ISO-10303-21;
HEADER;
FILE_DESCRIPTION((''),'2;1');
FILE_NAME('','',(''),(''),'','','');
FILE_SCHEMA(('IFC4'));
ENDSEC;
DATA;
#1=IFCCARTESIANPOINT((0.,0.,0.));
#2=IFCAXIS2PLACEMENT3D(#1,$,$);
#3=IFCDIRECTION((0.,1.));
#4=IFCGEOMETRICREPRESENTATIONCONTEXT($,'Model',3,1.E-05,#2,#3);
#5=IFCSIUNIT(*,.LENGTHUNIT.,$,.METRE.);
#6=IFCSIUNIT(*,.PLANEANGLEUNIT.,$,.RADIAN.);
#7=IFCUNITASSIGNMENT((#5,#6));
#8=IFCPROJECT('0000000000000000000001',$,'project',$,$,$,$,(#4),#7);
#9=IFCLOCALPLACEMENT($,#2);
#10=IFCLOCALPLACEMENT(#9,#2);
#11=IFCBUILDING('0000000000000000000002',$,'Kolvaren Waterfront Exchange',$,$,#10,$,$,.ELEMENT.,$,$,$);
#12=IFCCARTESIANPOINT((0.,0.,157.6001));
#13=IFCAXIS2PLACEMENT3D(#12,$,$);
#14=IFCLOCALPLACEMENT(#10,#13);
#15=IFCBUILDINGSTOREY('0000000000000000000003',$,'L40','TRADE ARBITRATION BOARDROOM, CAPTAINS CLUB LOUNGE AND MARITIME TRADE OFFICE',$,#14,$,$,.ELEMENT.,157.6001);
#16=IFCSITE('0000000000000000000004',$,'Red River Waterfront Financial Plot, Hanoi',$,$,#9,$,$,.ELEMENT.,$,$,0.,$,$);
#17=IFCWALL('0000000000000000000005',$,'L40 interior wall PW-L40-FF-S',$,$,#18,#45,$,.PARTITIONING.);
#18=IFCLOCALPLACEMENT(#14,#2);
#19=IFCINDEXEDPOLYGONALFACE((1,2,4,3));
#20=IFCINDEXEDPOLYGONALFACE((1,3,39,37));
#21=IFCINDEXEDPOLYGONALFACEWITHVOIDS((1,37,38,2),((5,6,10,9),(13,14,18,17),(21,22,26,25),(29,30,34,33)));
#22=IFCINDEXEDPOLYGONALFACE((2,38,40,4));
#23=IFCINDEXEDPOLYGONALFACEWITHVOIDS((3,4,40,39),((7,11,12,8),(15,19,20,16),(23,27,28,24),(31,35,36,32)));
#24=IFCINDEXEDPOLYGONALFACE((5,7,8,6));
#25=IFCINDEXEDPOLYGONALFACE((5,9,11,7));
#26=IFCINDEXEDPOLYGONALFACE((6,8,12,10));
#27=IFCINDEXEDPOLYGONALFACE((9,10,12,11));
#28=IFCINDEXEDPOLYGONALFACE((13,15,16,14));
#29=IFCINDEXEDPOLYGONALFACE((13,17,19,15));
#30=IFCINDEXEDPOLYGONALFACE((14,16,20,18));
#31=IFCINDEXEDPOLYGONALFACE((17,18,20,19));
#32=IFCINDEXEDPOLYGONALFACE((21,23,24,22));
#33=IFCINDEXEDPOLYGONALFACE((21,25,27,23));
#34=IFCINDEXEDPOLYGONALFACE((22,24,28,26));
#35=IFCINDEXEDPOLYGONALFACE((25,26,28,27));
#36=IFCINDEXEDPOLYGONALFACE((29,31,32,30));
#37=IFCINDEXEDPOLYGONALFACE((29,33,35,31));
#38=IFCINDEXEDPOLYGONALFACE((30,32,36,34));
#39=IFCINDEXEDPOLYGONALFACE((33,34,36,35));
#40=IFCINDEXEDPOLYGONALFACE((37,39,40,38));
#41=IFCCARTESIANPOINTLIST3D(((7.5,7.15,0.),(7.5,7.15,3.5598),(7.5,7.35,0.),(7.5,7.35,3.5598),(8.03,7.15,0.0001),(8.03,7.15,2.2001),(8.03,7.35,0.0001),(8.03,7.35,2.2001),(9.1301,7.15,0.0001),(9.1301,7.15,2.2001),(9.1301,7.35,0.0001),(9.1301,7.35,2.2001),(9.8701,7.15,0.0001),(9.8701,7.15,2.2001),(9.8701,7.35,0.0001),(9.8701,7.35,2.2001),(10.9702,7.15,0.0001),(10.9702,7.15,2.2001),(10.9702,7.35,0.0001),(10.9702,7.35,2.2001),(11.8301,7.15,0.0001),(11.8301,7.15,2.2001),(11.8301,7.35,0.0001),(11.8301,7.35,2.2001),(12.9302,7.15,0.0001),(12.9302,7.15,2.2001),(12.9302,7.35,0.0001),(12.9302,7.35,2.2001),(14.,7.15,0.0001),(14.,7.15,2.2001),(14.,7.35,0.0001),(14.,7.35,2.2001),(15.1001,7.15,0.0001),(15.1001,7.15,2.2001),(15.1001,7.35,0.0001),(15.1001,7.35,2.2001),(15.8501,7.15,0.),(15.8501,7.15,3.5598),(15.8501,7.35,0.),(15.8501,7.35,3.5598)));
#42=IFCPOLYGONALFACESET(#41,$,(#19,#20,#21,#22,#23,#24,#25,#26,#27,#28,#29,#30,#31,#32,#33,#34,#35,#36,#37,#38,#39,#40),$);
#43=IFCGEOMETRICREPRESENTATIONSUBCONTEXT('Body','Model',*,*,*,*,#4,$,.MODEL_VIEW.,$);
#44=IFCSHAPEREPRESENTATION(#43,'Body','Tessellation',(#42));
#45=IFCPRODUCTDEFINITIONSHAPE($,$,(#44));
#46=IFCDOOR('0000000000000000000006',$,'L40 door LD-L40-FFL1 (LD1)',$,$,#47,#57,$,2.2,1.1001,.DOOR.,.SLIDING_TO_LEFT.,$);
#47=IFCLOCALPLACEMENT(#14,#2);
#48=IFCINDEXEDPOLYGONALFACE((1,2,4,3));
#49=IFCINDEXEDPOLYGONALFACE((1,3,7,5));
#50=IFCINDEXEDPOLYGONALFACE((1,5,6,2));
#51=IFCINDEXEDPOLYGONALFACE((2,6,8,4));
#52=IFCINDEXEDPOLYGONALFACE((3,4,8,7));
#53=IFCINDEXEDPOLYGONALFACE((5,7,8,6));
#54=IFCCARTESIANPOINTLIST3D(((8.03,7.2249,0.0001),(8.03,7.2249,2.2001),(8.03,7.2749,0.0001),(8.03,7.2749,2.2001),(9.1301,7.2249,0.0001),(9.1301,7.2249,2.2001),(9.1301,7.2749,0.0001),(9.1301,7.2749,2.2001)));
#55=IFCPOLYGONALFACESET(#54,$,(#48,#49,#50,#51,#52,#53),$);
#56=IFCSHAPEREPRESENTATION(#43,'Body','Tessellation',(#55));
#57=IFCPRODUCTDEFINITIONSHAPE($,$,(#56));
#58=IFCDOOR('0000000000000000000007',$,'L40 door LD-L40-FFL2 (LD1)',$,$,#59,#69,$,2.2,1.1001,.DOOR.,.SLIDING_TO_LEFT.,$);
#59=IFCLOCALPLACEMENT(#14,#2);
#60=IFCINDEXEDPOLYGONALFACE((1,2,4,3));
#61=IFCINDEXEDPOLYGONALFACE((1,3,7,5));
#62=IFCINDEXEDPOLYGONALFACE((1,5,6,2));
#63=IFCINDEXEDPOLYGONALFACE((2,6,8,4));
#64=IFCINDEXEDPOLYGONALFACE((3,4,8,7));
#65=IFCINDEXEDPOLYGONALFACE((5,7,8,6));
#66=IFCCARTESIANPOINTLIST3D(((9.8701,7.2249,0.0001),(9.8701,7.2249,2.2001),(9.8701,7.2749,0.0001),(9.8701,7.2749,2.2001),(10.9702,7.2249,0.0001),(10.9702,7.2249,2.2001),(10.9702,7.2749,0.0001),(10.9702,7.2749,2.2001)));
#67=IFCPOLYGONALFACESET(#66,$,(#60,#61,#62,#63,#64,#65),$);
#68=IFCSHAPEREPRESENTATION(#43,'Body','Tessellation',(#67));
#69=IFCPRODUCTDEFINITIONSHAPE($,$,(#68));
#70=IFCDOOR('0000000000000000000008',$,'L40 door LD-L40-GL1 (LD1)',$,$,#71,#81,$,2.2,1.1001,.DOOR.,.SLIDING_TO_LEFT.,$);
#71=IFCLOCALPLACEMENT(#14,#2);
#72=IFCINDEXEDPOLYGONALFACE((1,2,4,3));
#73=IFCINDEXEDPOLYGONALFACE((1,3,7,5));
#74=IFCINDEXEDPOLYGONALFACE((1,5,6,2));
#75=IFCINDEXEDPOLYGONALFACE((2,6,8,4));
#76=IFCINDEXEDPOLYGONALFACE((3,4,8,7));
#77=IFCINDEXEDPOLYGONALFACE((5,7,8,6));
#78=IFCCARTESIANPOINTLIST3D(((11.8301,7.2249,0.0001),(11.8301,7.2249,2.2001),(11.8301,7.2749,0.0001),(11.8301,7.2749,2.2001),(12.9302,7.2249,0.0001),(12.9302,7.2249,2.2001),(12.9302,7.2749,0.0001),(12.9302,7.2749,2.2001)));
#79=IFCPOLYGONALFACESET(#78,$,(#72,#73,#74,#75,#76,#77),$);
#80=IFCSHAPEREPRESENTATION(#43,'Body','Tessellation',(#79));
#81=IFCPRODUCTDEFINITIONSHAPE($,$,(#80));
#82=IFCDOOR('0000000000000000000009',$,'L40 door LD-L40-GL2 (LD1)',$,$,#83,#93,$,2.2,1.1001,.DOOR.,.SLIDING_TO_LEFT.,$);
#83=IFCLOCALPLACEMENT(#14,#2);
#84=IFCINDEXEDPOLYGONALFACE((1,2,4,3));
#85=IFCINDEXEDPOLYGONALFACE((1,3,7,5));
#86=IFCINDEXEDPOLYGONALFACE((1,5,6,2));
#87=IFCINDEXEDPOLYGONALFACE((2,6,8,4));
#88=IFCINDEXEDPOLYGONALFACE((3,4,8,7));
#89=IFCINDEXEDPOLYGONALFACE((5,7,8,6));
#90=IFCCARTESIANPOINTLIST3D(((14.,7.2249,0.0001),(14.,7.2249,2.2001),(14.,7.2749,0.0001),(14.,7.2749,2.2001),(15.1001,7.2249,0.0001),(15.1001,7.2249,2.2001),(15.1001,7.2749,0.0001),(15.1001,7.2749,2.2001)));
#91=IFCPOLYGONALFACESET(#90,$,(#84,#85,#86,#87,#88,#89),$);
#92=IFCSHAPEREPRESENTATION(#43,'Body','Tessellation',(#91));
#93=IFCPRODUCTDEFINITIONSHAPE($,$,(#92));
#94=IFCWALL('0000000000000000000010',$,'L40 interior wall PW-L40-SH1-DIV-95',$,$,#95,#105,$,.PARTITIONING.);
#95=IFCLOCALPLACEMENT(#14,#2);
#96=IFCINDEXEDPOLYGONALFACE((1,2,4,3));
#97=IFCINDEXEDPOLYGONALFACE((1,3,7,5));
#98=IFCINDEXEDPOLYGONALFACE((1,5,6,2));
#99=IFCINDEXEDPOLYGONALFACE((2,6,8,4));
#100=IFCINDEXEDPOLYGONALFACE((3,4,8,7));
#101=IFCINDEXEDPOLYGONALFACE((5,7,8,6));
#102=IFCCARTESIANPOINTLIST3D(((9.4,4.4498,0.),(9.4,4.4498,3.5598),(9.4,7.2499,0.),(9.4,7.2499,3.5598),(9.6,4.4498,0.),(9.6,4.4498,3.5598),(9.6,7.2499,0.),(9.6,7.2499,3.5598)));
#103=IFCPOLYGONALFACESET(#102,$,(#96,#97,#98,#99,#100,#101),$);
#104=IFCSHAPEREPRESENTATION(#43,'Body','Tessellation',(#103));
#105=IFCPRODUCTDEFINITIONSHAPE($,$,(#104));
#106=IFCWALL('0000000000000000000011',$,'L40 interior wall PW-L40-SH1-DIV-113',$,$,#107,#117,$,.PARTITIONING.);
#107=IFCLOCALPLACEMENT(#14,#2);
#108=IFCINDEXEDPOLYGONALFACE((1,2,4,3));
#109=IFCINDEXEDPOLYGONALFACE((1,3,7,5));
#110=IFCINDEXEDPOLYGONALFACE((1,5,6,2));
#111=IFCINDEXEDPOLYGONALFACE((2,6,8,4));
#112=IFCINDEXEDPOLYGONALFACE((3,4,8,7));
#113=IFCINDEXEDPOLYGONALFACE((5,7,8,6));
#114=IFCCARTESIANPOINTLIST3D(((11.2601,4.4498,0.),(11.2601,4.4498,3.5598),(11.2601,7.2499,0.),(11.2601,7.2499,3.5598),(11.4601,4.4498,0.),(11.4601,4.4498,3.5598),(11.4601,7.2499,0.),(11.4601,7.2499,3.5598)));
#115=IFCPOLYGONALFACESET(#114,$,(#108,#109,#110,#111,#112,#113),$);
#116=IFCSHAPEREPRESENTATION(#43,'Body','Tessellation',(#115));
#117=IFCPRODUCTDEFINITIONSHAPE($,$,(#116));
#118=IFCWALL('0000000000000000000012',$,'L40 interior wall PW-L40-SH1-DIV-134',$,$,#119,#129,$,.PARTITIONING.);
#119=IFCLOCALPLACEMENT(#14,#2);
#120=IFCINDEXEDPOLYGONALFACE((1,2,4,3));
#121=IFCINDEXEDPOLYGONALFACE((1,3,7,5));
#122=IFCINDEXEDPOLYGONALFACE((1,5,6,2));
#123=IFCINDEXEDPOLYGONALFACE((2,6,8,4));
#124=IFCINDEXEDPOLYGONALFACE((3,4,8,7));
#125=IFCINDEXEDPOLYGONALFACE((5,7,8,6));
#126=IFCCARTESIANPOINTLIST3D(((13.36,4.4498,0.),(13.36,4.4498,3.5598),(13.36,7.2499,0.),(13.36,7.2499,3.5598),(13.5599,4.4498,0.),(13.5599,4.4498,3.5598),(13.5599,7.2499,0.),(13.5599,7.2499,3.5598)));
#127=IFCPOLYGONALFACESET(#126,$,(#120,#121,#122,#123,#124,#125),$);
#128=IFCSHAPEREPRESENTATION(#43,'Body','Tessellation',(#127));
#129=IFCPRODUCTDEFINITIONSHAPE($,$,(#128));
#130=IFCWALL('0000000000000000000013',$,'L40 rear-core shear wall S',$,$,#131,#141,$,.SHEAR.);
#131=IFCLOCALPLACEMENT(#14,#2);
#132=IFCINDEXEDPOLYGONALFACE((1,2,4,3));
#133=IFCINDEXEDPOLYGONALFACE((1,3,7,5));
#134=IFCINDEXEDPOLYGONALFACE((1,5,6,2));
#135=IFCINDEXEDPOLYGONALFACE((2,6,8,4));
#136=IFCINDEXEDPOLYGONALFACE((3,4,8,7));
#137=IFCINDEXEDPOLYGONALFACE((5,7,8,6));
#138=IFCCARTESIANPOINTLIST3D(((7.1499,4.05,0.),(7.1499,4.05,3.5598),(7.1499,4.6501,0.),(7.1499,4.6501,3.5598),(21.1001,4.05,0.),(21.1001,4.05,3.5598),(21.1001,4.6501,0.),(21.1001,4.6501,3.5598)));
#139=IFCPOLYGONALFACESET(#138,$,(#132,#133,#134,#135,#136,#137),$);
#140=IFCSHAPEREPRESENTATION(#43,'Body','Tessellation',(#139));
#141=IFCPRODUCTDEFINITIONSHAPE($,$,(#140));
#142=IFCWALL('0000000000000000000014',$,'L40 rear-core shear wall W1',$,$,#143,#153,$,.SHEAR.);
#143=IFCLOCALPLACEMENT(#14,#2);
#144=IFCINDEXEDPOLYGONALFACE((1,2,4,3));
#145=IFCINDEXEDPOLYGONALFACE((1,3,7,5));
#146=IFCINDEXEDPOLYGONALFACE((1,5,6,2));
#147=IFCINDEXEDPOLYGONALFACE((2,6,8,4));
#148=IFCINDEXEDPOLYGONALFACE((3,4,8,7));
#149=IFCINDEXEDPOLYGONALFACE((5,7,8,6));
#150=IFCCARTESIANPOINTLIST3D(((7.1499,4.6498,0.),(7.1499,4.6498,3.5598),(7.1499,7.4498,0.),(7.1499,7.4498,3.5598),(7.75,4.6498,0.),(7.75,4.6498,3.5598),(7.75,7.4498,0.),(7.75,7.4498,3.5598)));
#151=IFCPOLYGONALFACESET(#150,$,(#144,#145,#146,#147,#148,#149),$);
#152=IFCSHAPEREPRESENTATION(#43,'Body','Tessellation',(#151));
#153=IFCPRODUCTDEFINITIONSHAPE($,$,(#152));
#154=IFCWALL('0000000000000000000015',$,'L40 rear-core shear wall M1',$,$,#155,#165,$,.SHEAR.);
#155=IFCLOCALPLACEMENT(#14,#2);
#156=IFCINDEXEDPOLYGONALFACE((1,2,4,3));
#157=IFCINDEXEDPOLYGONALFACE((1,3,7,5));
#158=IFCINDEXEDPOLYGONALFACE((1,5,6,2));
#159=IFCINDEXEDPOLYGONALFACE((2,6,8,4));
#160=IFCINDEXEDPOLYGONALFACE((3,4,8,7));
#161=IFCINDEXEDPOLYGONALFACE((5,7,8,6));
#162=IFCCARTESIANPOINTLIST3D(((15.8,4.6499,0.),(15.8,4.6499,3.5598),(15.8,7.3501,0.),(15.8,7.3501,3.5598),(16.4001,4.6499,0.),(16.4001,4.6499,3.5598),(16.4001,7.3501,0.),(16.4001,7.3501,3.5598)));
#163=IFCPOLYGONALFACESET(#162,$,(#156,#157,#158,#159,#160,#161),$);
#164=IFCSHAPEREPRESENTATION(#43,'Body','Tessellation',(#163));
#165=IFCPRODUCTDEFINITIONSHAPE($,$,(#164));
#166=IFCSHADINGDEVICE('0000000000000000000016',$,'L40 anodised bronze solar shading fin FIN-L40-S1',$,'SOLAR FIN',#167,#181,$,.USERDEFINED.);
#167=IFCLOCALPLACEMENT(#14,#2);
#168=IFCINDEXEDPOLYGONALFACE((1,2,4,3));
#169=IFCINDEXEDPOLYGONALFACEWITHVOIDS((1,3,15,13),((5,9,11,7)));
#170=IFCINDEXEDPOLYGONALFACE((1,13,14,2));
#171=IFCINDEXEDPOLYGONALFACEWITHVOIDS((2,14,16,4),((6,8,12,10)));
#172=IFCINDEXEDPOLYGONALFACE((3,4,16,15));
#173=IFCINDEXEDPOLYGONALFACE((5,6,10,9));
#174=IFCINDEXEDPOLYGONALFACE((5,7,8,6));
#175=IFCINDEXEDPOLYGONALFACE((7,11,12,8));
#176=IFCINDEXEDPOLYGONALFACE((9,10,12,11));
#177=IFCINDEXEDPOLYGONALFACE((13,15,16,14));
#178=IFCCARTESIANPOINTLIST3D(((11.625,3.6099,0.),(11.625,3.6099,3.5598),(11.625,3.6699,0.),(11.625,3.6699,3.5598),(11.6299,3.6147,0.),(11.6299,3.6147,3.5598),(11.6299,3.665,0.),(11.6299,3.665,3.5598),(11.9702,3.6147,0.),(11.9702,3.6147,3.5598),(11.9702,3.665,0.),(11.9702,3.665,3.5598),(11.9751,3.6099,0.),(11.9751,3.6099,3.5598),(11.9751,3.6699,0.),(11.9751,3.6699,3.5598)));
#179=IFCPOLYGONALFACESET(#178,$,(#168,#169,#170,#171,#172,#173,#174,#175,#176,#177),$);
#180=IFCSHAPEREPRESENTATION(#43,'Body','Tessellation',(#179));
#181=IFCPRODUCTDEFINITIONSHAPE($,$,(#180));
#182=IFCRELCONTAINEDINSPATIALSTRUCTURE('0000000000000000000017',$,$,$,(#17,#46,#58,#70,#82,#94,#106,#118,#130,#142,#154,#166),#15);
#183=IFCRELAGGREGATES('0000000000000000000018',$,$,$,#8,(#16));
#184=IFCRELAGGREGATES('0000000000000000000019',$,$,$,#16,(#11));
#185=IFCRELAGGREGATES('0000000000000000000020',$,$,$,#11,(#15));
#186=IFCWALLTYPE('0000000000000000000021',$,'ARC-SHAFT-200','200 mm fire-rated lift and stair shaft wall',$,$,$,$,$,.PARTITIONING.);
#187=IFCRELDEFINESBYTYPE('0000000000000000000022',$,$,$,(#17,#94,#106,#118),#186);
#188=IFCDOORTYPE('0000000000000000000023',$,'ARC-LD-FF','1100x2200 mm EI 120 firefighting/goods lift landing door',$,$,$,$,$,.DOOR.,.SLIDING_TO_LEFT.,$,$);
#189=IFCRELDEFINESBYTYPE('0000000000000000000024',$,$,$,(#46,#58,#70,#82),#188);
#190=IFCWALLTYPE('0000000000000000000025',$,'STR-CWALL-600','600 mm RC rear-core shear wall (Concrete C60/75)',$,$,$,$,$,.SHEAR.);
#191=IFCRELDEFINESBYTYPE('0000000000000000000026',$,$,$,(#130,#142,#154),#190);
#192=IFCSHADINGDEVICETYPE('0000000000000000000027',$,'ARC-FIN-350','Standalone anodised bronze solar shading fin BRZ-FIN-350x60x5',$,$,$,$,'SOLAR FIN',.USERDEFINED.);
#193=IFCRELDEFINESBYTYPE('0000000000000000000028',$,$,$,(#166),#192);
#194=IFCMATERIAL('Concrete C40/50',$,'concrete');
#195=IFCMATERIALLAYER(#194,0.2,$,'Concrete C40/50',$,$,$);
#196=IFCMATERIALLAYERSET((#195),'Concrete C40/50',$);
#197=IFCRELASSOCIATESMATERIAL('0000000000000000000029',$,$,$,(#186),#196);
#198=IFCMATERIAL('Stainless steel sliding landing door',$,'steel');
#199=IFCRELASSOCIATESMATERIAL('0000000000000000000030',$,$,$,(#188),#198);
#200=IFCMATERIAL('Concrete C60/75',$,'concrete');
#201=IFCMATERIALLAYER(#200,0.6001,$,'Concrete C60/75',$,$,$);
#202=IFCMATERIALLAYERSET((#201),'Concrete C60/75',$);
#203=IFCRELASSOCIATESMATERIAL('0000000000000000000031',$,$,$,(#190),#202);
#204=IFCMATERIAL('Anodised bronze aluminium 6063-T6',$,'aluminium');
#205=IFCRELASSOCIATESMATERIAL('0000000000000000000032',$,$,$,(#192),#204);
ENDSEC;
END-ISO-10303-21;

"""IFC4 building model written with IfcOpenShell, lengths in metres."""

from ifc_helpers import new_model, si_unit, direction, frame, frame_2d, origin, origin_2d, place, context, subcontext, project, spatial, rectangle, hollow_rectangle, extrude, material, layer, layer_set, material_profile, profile_set, type_object, element, fill, save


model = new_model("IFC4")

# Units and contexts
model_context = context("Model", 3, precision=1e-05, world=origin(), true_north=direction((0.0, 1.0)))
body_context = subcontext(model_context, "Body", "Model", "MODEL_VIEW")
ifc_project = project(units=[si_unit("LENGTHUNIT", "METRE"), si_unit("PLANEANGLEUNIT", "RADIAN")], contexts=[model_context])

# Site, building, storey
site_placement = place(None, origin())
site = spatial("IfcSite", under=ifc_project, at=site_placement, Name="Red River Waterfront Financial Plot, Hanoi", CompositionType="ELEMENT", RefElevation=0.0)
building_placement = place(site_placement, origin())
building = spatial("IfcBuilding", under=site, at=building_placement, Name="Kolvaren Waterfront Exchange", CompositionType="ELEMENT")
storey_placement = place(building_placement, frame((0.0, 0.0, 157.6001)))
storey = spatial("IfcBuildingStorey", under=building, at=storey_placement, Name="L40", Description="TRADE ARBITRATION BOARDROOM, CAPTAINS CLUB LOUNGE AND MARITIME TRADE OFFICE", CompositionType="ELEMENT", Elevation=157.6001)

# Shared definitions
ifc_material_1 = material(Name="Concrete C60/75", Category="concrete")

# Shared definitions
ifc_material_2 = material(Name="Anodised bronze aluminium 6063-T6", Category="aluminium")

# Shared definitions
ifc_material_3 = material(Name="Concrete C40/50", Category="concrete")
ifc_layer_1 = layer(ifc_material_3, 0.2, Name="Concrete C40/50")
ifc_layer_set_1 = layer_set([ifc_layer_1], Name="Concrete C40/50")
wall_type_1 = type_object("IfcWallType", Name="ARC-SHAFT-200", Description="200 mm fire-rated lift and stair shaft wall", PredefinedType="PARTITIONING", material=ifc_layer_set_1)

# Wall, openings, doors
wall_1_placement = place(storey_placement, frame((7.5, 7.25, 0.0), z_axis=(0.0, 0.0, 1.0), x_axis=(1.0, 0.0, 0.0)))
wall_1 = element("IfcWall", 1, at=wall_1_placement, inside=storey, type_object=wall_type_1, Name="L40 interior wall PW-L40-FF-S", PredefinedType="PARTITIONING", context=body_context, shape_type="SweptSolid", body=[
    extrude(rectangle(XDim=8.3501, YDim=0.2, at=frame_2d((4.175, 0.0))), origin(), (0.0, 0.0, 1.0), 3.5598),
])
opening_1_placement = place(wall_1_placement, frame((0.53, 0.0, 0.0)))
opening_1 = element("IfcOpeningElement", 2, at=opening_1_placement, cuts=wall_1, PredefinedType="OPENING", context=body_context, shape_type="SweptSolid", body=[
    extrude(rectangle(XDim=1.1001, YDim=2.2, at=frame_2d((0.55, 1.1001))), frame((0.0, 0.1099, 0.0), z_axis=(0.0, -1.0, 0.0), x_axis=(1.0, 0.0, 0.0)), (0.0, 0.0, 1.0), 0.22),
])
opening_2_placement = place(wall_1_placement, frame((2.3701, 0.0, 0.0)))
opening_2 = element("IfcOpeningElement", 3, at=opening_2_placement, cuts=wall_1, PredefinedType="OPENING", context=body_context, shape_type="SweptSolid", body=[
    extrude(rectangle(XDim=1.1001, YDim=2.2, at=frame_2d((0.55, 1.1001))), frame((0.0, 0.1099, 0.0), z_axis=(0.0, -1.0, 0.0), x_axis=(1.0, 0.0, 0.0)), (0.0, 0.0, 1.0), 0.22),
])
opening_3_placement = place(wall_1_placement, frame((4.3301, 0.0, 0.0)))
opening_3 = element("IfcOpeningElement", 4, at=opening_3_placement, cuts=wall_1, PredefinedType="OPENING", context=body_context, shape_type="SweptSolid", body=[
    extrude(rectangle(XDim=1.1001, YDim=2.2, at=frame_2d((0.55, 1.1001))), frame((0.0, 0.1099, 0.0), z_axis=(0.0, -1.0, 0.0), x_axis=(1.0, 0.0, 0.0)), (0.0, 0.0, 1.0), 0.22),
])
opening_4_placement = place(wall_1_placement, frame((6.5, 0.0, 0.0)))
opening_4 = element("IfcOpeningElement", 5, at=opening_4_placement, cuts=wall_1, PredefinedType="OPENING", context=body_context, shape_type="SweptSolid", body=[
    extrude(rectangle(XDim=1.1001, YDim=2.2, at=frame_2d((0.55, 1.1001))), frame((0.0, 0.1099, 0.0), z_axis=(0.0, -1.0, 0.0), x_axis=(1.0, 0.0, 0.0)), (0.0, 0.0, 1.0), 0.22),
])
ifc_material_4 = material(Name="Stainless steel sliding landing door", Category="steel")
door_type_1 = type_object("IfcDoorType", Name="ARC-LD-FF", Description="1100x2200 mm EI 120 firefighting/goods lift landing door", OperationType="SLIDING_TO_LEFT", PredefinedType="DOOR", material=ifc_material_4)
door_1_placement = place(opening_1_placement, origin())
door_1 = element("IfcDoor", 6, at=door_1_placement, inside=storey, type_object=door_type_1, Name="L40 door LD-L40-FFL1 (LD1)", OperationType="SLIDING_TO_LEFT", OverallHeight=2.2, OverallWidth=1.1001, PredefinedType="DOOR", context=body_context, shape_type="SweptSolid", body=[
    extrude(rectangle(XDim=1.1001, YDim=2.2, at=frame_2d((0.55, 1.1001))), frame((0.0, 0.0249, 0.0), z_axis=(0.0, -1.0, 0.0), x_axis=(1.0, 0.0, 0.0)), (0.0, 0.0, 1.0), 0.05),
])
fill(opening_1, door_1)
door_2_placement = place(opening_2_placement, origin())
door_2 = element("IfcDoor", 7, at=door_2_placement, inside=storey, type_object=door_type_1, Name="L40 door LD-L40-FFL2 (LD1)", OperationType="SLIDING_TO_LEFT", OverallHeight=2.2, OverallWidth=1.1001, PredefinedType="DOOR", context=body_context, shape_type="SweptSolid", body=[
    extrude(rectangle(XDim=1.1001, YDim=2.2, at=frame_2d((0.55, 1.1001))), frame((0.0, 0.0249, 0.0), z_axis=(0.0, -1.0, 0.0), x_axis=(1.0, 0.0, 0.0)), (0.0, 0.0, 1.0), 0.05),
])
fill(opening_2, door_2)
door_3_placement = place(opening_3_placement, origin())
door_3 = element("IfcDoor", 8, at=door_3_placement, inside=storey, type_object=door_type_1, Name="L40 door LD-L40-GL1 (LD1)", OperationType="SLIDING_TO_LEFT", OverallHeight=2.2, OverallWidth=1.1001, PredefinedType="DOOR", context=body_context, shape_type="SweptSolid", body=[
    extrude(rectangle(XDim=1.1001, YDim=2.2, at=frame_2d((0.55, 1.1001))), frame((0.0, 0.0249, 0.0), z_axis=(0.0, -1.0, 0.0), x_axis=(1.0, 0.0, 0.0)), (0.0, 0.0, 1.0), 0.05),
])
fill(opening_3, door_3)
door_4_placement = place(opening_4_placement, origin())
door_4 = element("IfcDoor", 9, at=door_4_placement, inside=storey, type_object=door_type_1, Name="L40 door LD-L40-GL2 (LD1)", OperationType="SLIDING_TO_LEFT", OverallHeight=2.2, OverallWidth=1.1001, PredefinedType="DOOR", context=body_context, shape_type="SweptSolid", body=[
    extrude(rectangle(XDim=1.1001, YDim=2.2, at=frame_2d((0.55, 1.1001))), frame((0.0, 0.0249, 0.0), z_axis=(0.0, -1.0, 0.0), x_axis=(1.0, 0.0, 0.0)), (0.0, 0.0, 1.0), 0.05),
])
fill(opening_4, door_4)

# Walls
for number, where, z_axis, x_axis, name in (
    (10, (9.5, 4.45, 0.0), (0.0, 0.0, 1.0), (0.0, 1.0, 0.0), "L40 interior wall PW-L40-SH1-DIV-95"),
    (11, (11.3601, 4.45, 0.0), (0.0, 0.0, 1.0), (0.0, 1.0, 0.0), "L40 interior wall PW-L40-SH1-DIV-113"),
    (12, (13.46, 4.45, 0.0), (0.0, 0.0, 1.0), (0.0, 1.0, 0.0), "L40 interior wall PW-L40-SH1-DIV-134"),
):
    element("IfcWall", number, at=place(storey_placement, frame(where, z_axis=z_axis, x_axis=x_axis)), inside=storey, type_object=wall_type_1, Name=name, PredefinedType="PARTITIONING", context=body_context, shape_type="SweptSolid", body=[
        extrude(rectangle(XDim=2.8, YDim=0.2, at=frame_2d((1.3999, 0.0))), origin(), (0.0, 0.0, 1.0), 3.5598),
    ])
ifc_layer_2 = layer(ifc_material_1, 0.6001, Name="Concrete C60/75")
ifc_layer_set_2 = layer_set([ifc_layer_2], Name="Concrete C60/75")
wall_type_2 = type_object("IfcWallType", Name="STR-CWALL-600", Description="600 mm RC rear-core shear wall (Concrete C60/75)", PredefinedType="SHEAR", material=ifc_layer_set_2)
wall_2_placement = place(storey_placement, frame((7.1499, 4.3501, 0.0), z_axis=(0.0, 0.0, 1.0), x_axis=(1.0, 0.0, 0.0)))
element("IfcWall", 13, at=wall_2_placement, inside=storey, type_object=wall_type_2, Name="L40 rear-core shear wall S", PredefinedType="SHEAR", context=body_context, shape_type="SweptSolid", body=[
    extrude(rectangle(XDim=13.9502, YDim=0.6001, at=frame_2d((6.9751, 0.0))), origin(), (0.0, 0.0, 1.0), 3.5598),
])
wall_3_placement = place(storey_placement, frame((7.45, 4.6499, 0.0), z_axis=(0.0, 0.0, 1.0), x_axis=(0.0, 1.0, 0.0)))
element("IfcWall", 14, at=wall_3_placement, inside=storey, type_object=wall_type_2, Name="L40 rear-core shear wall W1", PredefinedType="SHEAR", context=body_context, shape_type="SweptSolid", body=[
    extrude(rectangle(XDim=2.8, YDim=0.6001, at=frame_2d((1.3999, 0.0))), origin(), (0.0, 0.0, 1.0), 3.5598),
])
wall_4_placement = place(storey_placement, frame((16.1001, 4.6499, 0.0), z_axis=(0.0, 0.0, 1.0), x_axis=(0.0, 1.0, 0.0)))
element("IfcWall", 15, at=wall_4_placement, inside=storey, type_object=wall_type_2, Name="L40 rear-core shear wall M1", PredefinedType="SHEAR", context=body_context, shape_type="SweptSolid", body=[
    extrude(rectangle(XDim=2.7002, YDim=0.6001, at=frame_2d((1.3501, 0.0))), origin(), (0.0, 0.0, 1.0), 3.5598),
])

# Shading device
ifc_material_profile_1 = material_profile(ifc_material_2, hollow_rectangle(XDim=0.0601, YDim=0.3501, WallThickness=0.0049, at=origin_2d()), Name="BRZ-FIN-350x60x5")
ifc_profile_set_1 = profile_set([ifc_material_profile_1], Name="Anodised bronze aluminium 6063-T6")
shading_device_type = type_object("IfcShadingDeviceType", Name="ARC-FIN-350", Description="Standalone anodised bronze solar shading fin BRZ-FIN-350x60x5", ElementType="SOLAR FIN", PredefinedType="USERDEFINED", material=ifc_profile_set_1)
shading_device_placement = place(storey_placement, frame((11.8, 3.6399, 0.0), z_axis=(0.0, 0.0, 1.0), x_axis=(0.0, -1.0, 0.0)))
element("IfcShadingDevice", 16, at=shading_device_placement, inside=storey, type_object=shading_device_type, Name="L40 anodised bronze solar shading fin FIN-L40-S1", ObjectType="SOLAR FIN", PredefinedType="USERDEFINED", context=body_context, shape_type="SweptSolid", body=[
    extrude(hollow_rectangle(XDim=0.0601, YDim=0.3501, WallThickness=0.0049, at=origin_2d()), origin(), (0.0, 0.0, 1.0), 3.5598),
])

save(model, "model.ifc")
